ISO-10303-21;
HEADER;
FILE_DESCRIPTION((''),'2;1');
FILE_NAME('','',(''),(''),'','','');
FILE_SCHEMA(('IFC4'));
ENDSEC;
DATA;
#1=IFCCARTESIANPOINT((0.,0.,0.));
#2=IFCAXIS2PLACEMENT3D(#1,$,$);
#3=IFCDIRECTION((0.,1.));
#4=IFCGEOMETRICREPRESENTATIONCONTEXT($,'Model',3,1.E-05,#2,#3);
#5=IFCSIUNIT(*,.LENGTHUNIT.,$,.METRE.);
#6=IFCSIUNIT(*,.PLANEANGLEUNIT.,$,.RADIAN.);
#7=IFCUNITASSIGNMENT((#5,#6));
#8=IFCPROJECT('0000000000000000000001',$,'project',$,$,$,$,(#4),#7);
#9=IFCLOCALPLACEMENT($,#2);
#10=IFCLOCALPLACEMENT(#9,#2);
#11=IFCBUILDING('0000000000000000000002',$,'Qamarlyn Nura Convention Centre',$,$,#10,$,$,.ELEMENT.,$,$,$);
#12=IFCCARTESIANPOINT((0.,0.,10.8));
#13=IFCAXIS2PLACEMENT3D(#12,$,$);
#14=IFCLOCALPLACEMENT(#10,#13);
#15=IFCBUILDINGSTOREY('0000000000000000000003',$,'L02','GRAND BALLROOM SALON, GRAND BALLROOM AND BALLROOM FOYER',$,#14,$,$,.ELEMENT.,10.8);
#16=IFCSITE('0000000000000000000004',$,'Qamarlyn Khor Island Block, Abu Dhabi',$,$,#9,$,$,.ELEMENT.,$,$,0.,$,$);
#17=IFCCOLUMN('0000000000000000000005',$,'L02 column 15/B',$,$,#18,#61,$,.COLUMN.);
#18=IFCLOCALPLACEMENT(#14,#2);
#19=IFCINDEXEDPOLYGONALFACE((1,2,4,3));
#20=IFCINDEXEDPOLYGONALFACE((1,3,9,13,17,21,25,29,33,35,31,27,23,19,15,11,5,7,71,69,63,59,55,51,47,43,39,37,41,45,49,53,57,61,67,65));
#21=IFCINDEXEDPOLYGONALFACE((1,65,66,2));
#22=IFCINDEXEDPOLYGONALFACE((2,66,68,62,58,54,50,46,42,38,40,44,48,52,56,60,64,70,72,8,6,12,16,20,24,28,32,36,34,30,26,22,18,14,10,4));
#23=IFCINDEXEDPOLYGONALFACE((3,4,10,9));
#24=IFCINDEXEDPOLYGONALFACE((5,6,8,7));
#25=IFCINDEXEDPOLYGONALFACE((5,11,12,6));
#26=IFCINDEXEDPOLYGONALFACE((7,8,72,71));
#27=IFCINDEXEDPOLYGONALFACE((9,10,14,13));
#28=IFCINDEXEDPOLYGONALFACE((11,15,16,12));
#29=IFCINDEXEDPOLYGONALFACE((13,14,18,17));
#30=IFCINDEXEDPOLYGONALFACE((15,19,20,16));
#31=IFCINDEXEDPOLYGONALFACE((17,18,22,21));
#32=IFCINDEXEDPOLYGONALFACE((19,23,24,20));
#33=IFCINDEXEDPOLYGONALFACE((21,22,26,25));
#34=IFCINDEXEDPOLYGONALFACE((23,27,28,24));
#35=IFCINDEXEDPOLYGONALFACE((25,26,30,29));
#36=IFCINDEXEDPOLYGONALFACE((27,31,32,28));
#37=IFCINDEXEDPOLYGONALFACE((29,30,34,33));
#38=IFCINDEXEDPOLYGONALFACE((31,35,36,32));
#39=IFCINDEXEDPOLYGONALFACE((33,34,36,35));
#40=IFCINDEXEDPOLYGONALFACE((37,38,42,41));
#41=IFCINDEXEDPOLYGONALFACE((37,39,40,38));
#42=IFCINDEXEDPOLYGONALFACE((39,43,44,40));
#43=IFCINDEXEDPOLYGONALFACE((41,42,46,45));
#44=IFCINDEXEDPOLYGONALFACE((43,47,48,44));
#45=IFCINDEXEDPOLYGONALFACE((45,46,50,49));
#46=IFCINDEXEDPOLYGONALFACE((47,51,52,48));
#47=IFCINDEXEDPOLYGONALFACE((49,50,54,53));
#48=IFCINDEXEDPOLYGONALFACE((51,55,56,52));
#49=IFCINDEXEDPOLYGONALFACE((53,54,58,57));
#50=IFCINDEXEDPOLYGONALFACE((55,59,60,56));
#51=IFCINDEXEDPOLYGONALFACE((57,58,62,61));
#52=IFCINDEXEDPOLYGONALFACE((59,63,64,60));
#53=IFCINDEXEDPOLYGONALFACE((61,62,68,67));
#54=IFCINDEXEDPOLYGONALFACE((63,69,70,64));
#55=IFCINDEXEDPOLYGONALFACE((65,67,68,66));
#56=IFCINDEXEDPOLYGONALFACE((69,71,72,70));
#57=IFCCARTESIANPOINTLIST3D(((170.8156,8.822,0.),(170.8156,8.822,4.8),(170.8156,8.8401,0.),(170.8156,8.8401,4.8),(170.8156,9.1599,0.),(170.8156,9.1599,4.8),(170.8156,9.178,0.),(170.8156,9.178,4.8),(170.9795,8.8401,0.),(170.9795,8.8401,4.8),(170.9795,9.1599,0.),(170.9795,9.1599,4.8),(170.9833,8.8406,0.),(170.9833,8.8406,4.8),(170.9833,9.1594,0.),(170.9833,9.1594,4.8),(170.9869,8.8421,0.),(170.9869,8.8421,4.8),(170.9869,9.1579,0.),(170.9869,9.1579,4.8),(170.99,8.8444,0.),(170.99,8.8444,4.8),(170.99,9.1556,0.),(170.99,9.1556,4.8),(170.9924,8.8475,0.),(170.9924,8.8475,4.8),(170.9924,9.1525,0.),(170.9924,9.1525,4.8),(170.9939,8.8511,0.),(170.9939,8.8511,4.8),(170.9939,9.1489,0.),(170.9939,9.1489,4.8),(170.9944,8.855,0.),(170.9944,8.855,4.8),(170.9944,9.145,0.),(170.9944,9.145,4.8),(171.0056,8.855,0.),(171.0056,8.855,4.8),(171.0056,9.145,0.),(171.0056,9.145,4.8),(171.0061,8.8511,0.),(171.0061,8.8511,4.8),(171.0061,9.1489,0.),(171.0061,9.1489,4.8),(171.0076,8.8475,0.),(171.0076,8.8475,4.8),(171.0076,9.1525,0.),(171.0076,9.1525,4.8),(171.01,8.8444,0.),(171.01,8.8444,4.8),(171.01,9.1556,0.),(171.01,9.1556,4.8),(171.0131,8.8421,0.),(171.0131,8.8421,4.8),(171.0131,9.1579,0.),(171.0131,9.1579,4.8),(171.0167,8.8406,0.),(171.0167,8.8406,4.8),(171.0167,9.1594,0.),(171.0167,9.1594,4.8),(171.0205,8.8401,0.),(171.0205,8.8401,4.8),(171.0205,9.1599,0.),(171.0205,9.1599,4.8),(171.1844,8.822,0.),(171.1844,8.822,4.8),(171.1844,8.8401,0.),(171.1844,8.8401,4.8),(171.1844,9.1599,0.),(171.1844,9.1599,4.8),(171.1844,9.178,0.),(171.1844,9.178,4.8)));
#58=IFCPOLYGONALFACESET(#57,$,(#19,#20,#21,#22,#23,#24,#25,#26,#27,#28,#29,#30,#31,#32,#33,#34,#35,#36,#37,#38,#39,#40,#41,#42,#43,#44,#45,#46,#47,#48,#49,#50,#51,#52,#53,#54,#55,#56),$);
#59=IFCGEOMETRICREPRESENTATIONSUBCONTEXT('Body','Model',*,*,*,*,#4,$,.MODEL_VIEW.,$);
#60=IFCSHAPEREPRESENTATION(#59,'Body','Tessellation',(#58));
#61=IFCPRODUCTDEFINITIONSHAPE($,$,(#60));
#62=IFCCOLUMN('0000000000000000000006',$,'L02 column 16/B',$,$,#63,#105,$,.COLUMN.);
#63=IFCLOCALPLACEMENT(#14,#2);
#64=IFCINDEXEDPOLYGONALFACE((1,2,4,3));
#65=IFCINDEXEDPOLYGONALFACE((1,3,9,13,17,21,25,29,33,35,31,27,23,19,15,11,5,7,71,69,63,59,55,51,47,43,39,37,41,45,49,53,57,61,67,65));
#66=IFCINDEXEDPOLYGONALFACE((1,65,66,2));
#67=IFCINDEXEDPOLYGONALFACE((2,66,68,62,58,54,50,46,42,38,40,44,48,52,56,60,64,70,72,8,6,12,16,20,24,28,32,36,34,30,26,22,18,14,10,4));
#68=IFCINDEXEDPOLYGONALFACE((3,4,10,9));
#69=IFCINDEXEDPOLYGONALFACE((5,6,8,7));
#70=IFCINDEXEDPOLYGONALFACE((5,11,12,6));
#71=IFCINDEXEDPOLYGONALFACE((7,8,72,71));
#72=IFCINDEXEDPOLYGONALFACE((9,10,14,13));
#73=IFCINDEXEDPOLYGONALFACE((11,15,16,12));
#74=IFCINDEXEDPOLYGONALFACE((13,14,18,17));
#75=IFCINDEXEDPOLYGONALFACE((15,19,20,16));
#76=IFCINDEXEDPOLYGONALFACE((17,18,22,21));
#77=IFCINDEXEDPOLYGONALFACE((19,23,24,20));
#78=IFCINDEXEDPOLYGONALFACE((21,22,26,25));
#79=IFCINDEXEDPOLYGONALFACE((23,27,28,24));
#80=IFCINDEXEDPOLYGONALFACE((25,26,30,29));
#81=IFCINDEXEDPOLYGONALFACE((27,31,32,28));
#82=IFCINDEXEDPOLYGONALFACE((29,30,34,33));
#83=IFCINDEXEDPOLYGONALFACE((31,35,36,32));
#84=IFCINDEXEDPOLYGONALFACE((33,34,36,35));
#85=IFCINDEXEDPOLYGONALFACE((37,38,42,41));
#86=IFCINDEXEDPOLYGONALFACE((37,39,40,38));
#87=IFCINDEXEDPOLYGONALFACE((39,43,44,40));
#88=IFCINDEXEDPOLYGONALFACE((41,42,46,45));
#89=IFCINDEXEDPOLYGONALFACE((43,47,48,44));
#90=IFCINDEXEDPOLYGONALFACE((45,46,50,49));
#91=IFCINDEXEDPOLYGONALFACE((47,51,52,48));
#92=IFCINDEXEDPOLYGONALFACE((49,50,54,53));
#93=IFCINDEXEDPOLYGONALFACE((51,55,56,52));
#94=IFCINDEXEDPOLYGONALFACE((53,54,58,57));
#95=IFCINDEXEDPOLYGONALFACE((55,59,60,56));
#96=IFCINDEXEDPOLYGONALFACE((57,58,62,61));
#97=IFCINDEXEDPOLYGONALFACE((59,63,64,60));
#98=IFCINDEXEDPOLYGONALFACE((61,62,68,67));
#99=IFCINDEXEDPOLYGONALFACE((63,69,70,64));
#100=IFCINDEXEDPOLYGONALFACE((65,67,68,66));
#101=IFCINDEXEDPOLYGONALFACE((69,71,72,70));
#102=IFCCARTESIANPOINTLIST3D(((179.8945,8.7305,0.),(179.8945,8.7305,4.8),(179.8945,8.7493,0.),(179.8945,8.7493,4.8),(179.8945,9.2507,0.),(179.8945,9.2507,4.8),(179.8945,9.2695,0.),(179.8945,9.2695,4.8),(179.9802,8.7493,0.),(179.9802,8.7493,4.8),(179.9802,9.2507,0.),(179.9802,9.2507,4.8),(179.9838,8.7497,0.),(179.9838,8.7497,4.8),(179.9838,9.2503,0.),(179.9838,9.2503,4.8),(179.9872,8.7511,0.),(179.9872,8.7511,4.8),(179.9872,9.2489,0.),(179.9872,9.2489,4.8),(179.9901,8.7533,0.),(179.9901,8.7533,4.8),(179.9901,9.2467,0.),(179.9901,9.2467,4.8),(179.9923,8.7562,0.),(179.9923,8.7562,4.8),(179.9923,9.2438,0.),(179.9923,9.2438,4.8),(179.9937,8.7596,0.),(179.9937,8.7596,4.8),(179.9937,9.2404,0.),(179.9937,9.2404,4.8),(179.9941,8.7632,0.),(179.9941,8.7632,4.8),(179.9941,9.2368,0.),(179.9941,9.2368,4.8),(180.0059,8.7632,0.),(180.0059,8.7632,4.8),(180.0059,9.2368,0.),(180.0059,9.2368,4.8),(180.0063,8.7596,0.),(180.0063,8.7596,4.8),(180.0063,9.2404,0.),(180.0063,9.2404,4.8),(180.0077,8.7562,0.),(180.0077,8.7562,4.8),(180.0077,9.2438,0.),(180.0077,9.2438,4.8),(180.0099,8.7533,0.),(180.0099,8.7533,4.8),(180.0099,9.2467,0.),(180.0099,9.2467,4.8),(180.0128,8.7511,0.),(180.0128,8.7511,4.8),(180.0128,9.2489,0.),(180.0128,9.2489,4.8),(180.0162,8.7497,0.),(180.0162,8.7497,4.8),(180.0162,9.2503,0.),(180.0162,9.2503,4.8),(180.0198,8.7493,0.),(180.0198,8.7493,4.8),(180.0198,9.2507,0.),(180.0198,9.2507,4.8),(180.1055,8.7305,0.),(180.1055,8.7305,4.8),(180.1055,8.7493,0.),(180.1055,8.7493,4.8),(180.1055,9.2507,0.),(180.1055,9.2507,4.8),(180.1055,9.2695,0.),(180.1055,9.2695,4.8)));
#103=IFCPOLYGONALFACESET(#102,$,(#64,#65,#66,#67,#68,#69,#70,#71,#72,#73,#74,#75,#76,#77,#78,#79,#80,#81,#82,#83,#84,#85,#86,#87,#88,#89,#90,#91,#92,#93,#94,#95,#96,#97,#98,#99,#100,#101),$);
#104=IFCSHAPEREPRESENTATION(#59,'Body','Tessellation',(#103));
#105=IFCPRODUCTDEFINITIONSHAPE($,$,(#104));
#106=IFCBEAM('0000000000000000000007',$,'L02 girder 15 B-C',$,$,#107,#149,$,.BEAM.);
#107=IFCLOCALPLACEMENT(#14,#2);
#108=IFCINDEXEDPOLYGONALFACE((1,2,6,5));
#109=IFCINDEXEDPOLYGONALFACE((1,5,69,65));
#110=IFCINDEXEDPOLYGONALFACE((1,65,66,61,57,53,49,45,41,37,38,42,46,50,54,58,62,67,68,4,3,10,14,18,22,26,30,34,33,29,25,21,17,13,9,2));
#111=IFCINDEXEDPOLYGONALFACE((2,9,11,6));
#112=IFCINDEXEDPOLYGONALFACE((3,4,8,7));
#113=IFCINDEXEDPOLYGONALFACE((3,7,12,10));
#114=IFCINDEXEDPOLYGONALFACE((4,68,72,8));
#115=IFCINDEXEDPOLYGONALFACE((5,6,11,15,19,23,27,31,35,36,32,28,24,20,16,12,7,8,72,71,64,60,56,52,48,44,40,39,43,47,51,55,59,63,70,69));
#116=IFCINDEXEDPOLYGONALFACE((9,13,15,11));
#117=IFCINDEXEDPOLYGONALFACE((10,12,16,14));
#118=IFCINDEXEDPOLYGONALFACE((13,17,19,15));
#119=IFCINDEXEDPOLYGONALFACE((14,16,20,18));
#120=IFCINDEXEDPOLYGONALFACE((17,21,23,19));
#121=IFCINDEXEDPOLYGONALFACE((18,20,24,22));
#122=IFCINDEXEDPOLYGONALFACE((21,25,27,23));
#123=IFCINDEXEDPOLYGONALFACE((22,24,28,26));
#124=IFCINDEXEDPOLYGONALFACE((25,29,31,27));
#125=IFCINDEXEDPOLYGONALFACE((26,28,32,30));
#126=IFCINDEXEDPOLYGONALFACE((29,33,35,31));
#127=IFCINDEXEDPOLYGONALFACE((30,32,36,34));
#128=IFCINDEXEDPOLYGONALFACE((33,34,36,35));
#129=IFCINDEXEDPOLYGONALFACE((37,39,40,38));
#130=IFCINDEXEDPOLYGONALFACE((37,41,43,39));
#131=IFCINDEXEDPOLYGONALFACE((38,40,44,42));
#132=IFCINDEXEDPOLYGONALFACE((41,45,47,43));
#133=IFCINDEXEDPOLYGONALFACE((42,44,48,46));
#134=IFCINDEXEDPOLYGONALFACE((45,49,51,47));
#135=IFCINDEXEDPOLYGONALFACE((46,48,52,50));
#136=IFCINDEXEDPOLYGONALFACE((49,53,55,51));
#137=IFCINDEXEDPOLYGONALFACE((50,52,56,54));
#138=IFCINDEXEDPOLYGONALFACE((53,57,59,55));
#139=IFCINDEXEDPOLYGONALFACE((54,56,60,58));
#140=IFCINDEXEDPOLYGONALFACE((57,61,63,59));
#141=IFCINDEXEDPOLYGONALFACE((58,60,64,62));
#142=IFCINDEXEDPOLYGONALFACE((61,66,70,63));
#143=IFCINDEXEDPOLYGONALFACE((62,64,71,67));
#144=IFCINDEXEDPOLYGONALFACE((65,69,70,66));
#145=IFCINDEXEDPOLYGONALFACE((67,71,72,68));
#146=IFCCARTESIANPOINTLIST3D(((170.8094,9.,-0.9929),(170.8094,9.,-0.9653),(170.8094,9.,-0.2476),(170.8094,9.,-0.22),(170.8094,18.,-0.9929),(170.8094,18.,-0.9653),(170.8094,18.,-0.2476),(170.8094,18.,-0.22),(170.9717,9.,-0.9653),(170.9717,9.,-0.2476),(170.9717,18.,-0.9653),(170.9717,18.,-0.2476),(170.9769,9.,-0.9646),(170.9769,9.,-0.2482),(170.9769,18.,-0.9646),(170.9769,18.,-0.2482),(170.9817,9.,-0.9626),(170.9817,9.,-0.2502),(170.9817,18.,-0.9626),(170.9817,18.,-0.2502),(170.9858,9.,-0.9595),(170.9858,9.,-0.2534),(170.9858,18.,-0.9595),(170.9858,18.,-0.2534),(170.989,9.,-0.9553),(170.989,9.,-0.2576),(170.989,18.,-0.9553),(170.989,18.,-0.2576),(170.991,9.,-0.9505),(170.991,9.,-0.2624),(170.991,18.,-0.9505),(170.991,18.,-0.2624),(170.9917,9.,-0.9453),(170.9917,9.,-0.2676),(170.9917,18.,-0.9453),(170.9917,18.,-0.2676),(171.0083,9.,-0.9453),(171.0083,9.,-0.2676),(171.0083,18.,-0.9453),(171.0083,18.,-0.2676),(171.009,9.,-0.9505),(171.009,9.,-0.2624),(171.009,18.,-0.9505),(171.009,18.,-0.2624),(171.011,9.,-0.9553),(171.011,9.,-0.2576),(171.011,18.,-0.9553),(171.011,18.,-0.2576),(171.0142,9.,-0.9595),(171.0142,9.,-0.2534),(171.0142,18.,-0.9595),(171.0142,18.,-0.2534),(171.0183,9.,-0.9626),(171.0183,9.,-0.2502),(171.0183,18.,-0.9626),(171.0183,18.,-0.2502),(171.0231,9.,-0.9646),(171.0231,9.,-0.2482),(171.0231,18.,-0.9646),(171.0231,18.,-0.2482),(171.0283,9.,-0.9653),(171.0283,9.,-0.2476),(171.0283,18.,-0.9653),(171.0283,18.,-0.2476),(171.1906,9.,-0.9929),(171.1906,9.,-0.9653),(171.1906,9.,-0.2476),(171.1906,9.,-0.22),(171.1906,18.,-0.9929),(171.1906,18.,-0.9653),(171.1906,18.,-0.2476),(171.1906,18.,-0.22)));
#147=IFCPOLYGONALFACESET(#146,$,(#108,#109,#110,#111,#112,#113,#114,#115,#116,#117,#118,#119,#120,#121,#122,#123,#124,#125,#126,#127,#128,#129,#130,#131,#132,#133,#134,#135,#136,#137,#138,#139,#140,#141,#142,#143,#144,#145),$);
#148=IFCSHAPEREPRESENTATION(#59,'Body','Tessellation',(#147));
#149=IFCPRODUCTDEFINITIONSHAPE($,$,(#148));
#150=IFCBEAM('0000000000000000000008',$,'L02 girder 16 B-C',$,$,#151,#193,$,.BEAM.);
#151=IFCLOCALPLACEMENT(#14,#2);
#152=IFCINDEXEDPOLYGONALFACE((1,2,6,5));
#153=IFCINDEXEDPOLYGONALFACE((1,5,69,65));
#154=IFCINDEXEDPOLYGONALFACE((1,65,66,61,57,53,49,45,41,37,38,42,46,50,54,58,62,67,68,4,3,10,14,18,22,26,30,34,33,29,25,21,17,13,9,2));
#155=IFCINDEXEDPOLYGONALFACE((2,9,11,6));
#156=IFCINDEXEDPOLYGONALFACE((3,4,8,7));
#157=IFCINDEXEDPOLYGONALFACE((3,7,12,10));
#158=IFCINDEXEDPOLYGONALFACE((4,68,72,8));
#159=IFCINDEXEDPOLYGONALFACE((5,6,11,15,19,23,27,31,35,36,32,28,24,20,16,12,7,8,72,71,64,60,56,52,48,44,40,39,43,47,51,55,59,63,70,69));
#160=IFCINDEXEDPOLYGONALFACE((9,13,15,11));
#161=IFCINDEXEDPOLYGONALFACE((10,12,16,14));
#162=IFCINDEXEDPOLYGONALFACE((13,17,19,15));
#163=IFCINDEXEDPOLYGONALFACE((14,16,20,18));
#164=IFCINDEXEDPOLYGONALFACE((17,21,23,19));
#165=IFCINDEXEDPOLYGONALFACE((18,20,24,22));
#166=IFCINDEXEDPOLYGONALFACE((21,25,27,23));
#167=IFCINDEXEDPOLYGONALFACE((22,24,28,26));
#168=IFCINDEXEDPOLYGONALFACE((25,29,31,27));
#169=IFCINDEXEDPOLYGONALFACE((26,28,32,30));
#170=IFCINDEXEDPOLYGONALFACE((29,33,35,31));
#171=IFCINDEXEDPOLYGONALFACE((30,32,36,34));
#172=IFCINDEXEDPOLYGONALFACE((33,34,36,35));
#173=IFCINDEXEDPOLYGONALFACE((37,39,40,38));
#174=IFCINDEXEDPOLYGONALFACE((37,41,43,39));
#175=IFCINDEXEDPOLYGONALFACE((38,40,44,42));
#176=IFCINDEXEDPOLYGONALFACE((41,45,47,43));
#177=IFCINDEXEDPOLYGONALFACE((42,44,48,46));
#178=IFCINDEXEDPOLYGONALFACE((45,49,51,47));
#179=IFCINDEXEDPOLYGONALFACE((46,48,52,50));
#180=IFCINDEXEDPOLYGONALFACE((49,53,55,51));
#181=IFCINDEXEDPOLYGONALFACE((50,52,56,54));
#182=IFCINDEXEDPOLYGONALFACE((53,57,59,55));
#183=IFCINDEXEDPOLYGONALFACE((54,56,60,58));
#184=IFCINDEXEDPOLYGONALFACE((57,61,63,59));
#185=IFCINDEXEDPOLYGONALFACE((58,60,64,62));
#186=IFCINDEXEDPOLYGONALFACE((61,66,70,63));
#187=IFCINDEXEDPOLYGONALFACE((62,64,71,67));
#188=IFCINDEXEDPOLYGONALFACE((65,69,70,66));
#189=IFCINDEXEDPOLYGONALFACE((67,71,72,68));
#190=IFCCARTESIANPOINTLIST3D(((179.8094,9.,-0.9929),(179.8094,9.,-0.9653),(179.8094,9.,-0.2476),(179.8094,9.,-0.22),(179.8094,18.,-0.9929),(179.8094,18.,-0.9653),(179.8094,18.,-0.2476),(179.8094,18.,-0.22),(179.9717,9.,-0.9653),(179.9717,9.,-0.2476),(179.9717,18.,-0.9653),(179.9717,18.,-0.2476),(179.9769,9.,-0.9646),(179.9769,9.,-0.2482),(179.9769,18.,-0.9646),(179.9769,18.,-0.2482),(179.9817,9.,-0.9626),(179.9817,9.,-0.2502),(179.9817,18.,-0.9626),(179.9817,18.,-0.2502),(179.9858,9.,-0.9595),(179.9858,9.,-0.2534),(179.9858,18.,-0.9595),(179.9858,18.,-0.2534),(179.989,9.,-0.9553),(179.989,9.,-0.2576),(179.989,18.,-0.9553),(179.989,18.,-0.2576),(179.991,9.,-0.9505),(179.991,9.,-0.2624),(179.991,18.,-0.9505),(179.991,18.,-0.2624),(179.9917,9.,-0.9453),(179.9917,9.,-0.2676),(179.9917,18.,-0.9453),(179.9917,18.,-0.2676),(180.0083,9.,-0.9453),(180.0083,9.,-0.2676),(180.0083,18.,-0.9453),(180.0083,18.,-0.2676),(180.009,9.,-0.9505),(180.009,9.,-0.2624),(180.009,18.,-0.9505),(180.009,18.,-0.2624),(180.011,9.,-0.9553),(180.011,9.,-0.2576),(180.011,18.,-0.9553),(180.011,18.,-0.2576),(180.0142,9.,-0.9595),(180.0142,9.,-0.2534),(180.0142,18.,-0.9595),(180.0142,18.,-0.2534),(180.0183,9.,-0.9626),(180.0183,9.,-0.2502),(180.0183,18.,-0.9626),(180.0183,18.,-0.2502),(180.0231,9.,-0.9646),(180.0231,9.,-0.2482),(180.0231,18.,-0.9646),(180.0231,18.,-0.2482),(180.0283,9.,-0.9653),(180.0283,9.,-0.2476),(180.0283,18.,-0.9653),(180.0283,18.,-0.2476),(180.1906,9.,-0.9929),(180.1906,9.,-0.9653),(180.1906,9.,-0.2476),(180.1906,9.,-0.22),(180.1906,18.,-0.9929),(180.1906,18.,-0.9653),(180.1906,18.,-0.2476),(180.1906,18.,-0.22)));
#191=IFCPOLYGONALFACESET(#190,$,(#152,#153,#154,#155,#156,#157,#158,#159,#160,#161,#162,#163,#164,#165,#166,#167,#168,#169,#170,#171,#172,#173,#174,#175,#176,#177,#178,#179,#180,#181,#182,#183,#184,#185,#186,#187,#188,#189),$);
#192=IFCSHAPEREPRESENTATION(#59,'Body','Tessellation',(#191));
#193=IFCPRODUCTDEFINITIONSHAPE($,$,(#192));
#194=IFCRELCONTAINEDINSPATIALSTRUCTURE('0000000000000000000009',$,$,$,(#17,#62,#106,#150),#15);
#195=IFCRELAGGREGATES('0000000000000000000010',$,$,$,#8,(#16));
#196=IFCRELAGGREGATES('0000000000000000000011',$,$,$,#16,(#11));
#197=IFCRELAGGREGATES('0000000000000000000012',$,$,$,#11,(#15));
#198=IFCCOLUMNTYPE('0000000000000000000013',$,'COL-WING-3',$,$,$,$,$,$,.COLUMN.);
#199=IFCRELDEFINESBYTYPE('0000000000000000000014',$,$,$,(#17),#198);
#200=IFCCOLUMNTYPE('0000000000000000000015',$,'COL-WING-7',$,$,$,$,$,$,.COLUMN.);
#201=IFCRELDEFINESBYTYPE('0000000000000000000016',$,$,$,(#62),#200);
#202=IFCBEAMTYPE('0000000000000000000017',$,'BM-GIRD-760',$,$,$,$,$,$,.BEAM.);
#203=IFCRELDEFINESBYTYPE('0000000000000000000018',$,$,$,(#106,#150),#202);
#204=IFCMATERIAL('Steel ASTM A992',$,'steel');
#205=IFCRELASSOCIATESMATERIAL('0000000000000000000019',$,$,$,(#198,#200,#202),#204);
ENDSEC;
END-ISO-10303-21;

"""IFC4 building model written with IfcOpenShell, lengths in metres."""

from ifc_helpers import new_model, si_unit, direction, frame, origin, origin_2d, place, context, subcontext, project, spatial, i_section, extrude, material, material_profile, profile_set, type_object, element, save


model = new_model("IFC4")

# Units and contexts
model_context = context("Model", 3, precision=1e-05, world=origin(), true_north=direction((0.0, 1.0)))
body_context = subcontext(model_context, "Body", "Model", "MODEL_VIEW")
ifc_project = project(units=[si_unit("LENGTHUNIT", "METRE"), si_unit("PLANEANGLEUNIT", "RADIAN")], contexts=[model_context])

# Site, building, storey
site_placement = place(None, origin())
site = spatial("IfcSite", under=ifc_project, at=site_placement, Name="Qamarlyn Khor Island Block, Abu Dhabi", CompositionType="ELEMENT", RefElevation=0.0)
building_placement = place(site_placement, origin())
building = spatial("IfcBuilding", under=site, at=building_placement, Name="Qamarlyn Nura Convention Centre", CompositionType="ELEMENT")
storey_placement = place(building_placement, frame((0.0, 0.0, 10.8)))
storey = spatial("IfcBuildingStorey", under=building, at=storey_placement, Name="L02", Description="GRAND BALLROOM SALON, GRAND BALLROOM AND BALLROOM FOYER", CompositionType="ELEMENT", Elevation=10.8)

# Columns
ifc_material_1 = material(Name="Steel ASTM A992", Category="steel")
ifc_material_profile_1 = material_profile(ifc_material_1, i_section(OverallWidth=0.3689, OverallDepth=0.356, WebThickness=0.0112, FlangeThickness=0.0181, FilletRadius=0.0149, at=origin_2d()), Name="W360X134")
ifc_profile_set_1 = profile_set([ifc_material_profile_1], Name="Steel ASTM A992")
column_type_1 = type_object("IfcColumnType", Name="COL-WING-3", PredefinedType="COLUMN", material=ifc_profile_set_1)
column_1_placement = place(storey_placement, frame((171.0, 9.0, 0.0), z_axis=(0.0, 0.0, 1.0), x_axis=(1.0, 0.0, 0.0)))
element("IfcColumn", 1, at=column_1_placement, inside=storey, type_object=column_type_1, Name="L02 column 15/B", PredefinedType="COLUMN", context=body_context, shape_type="SweptSolid", body=[
    extrude(i_section(OverallWidth=0.3689, OverallDepth=0.356, WebThickness=0.0112, FlangeThickness=0.0181, FilletRadius=0.0149, at=origin_2d()), origin(), (0.0, 0.0, 1.0), 4.8),
])
ifc_material_profile_2 = material_profile(ifc_material_1, i_section(OverallWidth=0.2109, OverallDepth=0.5391, WebThickness=0.0117, FlangeThickness=0.0188, FilletRadius=0.0139, at=origin_2d()), Name="W530X109")
ifc_profile_set_2 = profile_set([ifc_material_profile_2], Name="Steel ASTM A992")
column_type_2 = type_object("IfcColumnType", Name="COL-WING-7", PredefinedType="COLUMN", material=ifc_profile_set_2)
column_2_placement = place(storey_placement, frame((180.0, 9.0, 0.0), z_axis=(0.0, 0.0, 1.0), x_axis=(1.0, 0.0, 0.0)))
element("IfcColumn", 2, at=column_2_placement, inside=storey, type_object=column_type_2, Name="L02 column 16/B", PredefinedType="COLUMN", context=body_context, shape_type="SweptSolid", body=[
    extrude(i_section(OverallWidth=0.2109, OverallDepth=0.5391, WebThickness=0.0117, FlangeThickness=0.0188, FilletRadius=0.0139, at=origin_2d()), origin(), (0.0, 0.0, 1.0), 4.8),
])

# Beams
ifc_material_profile_3 = material_profile(ifc_material_1, i_section(OverallWidth=0.3811, OverallDepth=0.7729, WebThickness=0.0166, FlangeThickness=0.0276, FilletRadius=0.02, at=origin_2d()), Name="W760X257")
ifc_profile_set_3 = profile_set([ifc_material_profile_3], Name="Steel ASTM A992")
beam_type = type_object("IfcBeamType", Name="BM-GIRD-760", PredefinedType="BEAM", material=ifc_profile_set_3)
for number, where, z_axis, x_axis, name in (
    (3, (171.0, 9.0, -0.6064), (0.0, 1.0, 0.0), (-1.0, 0.0, 0.0), "L02 girder 15 B-C"),
    (4, (180.0, 9.0, -0.6064), (0.0, 1.0, 0.0), (-1.0, 0.0, 0.0), "L02 girder 16 B-C"),
):
    element("IfcBeam", number, at=place(storey_placement, frame(where, z_axis=z_axis, x_axis=x_axis)), inside=storey, type_object=beam_type, Name=name, PredefinedType="BEAM", context=body_context, shape_type="SweptSolid", body=[
        extrude(i_section(OverallWidth=0.3811, OverallDepth=0.7729, WebThickness=0.0166, FlangeThickness=0.0276, FilletRadius=0.02, at=origin_2d()), origin(), (0.0, 0.0, 1.0), 9.0),
    ])

save(model, "model.ifc")
